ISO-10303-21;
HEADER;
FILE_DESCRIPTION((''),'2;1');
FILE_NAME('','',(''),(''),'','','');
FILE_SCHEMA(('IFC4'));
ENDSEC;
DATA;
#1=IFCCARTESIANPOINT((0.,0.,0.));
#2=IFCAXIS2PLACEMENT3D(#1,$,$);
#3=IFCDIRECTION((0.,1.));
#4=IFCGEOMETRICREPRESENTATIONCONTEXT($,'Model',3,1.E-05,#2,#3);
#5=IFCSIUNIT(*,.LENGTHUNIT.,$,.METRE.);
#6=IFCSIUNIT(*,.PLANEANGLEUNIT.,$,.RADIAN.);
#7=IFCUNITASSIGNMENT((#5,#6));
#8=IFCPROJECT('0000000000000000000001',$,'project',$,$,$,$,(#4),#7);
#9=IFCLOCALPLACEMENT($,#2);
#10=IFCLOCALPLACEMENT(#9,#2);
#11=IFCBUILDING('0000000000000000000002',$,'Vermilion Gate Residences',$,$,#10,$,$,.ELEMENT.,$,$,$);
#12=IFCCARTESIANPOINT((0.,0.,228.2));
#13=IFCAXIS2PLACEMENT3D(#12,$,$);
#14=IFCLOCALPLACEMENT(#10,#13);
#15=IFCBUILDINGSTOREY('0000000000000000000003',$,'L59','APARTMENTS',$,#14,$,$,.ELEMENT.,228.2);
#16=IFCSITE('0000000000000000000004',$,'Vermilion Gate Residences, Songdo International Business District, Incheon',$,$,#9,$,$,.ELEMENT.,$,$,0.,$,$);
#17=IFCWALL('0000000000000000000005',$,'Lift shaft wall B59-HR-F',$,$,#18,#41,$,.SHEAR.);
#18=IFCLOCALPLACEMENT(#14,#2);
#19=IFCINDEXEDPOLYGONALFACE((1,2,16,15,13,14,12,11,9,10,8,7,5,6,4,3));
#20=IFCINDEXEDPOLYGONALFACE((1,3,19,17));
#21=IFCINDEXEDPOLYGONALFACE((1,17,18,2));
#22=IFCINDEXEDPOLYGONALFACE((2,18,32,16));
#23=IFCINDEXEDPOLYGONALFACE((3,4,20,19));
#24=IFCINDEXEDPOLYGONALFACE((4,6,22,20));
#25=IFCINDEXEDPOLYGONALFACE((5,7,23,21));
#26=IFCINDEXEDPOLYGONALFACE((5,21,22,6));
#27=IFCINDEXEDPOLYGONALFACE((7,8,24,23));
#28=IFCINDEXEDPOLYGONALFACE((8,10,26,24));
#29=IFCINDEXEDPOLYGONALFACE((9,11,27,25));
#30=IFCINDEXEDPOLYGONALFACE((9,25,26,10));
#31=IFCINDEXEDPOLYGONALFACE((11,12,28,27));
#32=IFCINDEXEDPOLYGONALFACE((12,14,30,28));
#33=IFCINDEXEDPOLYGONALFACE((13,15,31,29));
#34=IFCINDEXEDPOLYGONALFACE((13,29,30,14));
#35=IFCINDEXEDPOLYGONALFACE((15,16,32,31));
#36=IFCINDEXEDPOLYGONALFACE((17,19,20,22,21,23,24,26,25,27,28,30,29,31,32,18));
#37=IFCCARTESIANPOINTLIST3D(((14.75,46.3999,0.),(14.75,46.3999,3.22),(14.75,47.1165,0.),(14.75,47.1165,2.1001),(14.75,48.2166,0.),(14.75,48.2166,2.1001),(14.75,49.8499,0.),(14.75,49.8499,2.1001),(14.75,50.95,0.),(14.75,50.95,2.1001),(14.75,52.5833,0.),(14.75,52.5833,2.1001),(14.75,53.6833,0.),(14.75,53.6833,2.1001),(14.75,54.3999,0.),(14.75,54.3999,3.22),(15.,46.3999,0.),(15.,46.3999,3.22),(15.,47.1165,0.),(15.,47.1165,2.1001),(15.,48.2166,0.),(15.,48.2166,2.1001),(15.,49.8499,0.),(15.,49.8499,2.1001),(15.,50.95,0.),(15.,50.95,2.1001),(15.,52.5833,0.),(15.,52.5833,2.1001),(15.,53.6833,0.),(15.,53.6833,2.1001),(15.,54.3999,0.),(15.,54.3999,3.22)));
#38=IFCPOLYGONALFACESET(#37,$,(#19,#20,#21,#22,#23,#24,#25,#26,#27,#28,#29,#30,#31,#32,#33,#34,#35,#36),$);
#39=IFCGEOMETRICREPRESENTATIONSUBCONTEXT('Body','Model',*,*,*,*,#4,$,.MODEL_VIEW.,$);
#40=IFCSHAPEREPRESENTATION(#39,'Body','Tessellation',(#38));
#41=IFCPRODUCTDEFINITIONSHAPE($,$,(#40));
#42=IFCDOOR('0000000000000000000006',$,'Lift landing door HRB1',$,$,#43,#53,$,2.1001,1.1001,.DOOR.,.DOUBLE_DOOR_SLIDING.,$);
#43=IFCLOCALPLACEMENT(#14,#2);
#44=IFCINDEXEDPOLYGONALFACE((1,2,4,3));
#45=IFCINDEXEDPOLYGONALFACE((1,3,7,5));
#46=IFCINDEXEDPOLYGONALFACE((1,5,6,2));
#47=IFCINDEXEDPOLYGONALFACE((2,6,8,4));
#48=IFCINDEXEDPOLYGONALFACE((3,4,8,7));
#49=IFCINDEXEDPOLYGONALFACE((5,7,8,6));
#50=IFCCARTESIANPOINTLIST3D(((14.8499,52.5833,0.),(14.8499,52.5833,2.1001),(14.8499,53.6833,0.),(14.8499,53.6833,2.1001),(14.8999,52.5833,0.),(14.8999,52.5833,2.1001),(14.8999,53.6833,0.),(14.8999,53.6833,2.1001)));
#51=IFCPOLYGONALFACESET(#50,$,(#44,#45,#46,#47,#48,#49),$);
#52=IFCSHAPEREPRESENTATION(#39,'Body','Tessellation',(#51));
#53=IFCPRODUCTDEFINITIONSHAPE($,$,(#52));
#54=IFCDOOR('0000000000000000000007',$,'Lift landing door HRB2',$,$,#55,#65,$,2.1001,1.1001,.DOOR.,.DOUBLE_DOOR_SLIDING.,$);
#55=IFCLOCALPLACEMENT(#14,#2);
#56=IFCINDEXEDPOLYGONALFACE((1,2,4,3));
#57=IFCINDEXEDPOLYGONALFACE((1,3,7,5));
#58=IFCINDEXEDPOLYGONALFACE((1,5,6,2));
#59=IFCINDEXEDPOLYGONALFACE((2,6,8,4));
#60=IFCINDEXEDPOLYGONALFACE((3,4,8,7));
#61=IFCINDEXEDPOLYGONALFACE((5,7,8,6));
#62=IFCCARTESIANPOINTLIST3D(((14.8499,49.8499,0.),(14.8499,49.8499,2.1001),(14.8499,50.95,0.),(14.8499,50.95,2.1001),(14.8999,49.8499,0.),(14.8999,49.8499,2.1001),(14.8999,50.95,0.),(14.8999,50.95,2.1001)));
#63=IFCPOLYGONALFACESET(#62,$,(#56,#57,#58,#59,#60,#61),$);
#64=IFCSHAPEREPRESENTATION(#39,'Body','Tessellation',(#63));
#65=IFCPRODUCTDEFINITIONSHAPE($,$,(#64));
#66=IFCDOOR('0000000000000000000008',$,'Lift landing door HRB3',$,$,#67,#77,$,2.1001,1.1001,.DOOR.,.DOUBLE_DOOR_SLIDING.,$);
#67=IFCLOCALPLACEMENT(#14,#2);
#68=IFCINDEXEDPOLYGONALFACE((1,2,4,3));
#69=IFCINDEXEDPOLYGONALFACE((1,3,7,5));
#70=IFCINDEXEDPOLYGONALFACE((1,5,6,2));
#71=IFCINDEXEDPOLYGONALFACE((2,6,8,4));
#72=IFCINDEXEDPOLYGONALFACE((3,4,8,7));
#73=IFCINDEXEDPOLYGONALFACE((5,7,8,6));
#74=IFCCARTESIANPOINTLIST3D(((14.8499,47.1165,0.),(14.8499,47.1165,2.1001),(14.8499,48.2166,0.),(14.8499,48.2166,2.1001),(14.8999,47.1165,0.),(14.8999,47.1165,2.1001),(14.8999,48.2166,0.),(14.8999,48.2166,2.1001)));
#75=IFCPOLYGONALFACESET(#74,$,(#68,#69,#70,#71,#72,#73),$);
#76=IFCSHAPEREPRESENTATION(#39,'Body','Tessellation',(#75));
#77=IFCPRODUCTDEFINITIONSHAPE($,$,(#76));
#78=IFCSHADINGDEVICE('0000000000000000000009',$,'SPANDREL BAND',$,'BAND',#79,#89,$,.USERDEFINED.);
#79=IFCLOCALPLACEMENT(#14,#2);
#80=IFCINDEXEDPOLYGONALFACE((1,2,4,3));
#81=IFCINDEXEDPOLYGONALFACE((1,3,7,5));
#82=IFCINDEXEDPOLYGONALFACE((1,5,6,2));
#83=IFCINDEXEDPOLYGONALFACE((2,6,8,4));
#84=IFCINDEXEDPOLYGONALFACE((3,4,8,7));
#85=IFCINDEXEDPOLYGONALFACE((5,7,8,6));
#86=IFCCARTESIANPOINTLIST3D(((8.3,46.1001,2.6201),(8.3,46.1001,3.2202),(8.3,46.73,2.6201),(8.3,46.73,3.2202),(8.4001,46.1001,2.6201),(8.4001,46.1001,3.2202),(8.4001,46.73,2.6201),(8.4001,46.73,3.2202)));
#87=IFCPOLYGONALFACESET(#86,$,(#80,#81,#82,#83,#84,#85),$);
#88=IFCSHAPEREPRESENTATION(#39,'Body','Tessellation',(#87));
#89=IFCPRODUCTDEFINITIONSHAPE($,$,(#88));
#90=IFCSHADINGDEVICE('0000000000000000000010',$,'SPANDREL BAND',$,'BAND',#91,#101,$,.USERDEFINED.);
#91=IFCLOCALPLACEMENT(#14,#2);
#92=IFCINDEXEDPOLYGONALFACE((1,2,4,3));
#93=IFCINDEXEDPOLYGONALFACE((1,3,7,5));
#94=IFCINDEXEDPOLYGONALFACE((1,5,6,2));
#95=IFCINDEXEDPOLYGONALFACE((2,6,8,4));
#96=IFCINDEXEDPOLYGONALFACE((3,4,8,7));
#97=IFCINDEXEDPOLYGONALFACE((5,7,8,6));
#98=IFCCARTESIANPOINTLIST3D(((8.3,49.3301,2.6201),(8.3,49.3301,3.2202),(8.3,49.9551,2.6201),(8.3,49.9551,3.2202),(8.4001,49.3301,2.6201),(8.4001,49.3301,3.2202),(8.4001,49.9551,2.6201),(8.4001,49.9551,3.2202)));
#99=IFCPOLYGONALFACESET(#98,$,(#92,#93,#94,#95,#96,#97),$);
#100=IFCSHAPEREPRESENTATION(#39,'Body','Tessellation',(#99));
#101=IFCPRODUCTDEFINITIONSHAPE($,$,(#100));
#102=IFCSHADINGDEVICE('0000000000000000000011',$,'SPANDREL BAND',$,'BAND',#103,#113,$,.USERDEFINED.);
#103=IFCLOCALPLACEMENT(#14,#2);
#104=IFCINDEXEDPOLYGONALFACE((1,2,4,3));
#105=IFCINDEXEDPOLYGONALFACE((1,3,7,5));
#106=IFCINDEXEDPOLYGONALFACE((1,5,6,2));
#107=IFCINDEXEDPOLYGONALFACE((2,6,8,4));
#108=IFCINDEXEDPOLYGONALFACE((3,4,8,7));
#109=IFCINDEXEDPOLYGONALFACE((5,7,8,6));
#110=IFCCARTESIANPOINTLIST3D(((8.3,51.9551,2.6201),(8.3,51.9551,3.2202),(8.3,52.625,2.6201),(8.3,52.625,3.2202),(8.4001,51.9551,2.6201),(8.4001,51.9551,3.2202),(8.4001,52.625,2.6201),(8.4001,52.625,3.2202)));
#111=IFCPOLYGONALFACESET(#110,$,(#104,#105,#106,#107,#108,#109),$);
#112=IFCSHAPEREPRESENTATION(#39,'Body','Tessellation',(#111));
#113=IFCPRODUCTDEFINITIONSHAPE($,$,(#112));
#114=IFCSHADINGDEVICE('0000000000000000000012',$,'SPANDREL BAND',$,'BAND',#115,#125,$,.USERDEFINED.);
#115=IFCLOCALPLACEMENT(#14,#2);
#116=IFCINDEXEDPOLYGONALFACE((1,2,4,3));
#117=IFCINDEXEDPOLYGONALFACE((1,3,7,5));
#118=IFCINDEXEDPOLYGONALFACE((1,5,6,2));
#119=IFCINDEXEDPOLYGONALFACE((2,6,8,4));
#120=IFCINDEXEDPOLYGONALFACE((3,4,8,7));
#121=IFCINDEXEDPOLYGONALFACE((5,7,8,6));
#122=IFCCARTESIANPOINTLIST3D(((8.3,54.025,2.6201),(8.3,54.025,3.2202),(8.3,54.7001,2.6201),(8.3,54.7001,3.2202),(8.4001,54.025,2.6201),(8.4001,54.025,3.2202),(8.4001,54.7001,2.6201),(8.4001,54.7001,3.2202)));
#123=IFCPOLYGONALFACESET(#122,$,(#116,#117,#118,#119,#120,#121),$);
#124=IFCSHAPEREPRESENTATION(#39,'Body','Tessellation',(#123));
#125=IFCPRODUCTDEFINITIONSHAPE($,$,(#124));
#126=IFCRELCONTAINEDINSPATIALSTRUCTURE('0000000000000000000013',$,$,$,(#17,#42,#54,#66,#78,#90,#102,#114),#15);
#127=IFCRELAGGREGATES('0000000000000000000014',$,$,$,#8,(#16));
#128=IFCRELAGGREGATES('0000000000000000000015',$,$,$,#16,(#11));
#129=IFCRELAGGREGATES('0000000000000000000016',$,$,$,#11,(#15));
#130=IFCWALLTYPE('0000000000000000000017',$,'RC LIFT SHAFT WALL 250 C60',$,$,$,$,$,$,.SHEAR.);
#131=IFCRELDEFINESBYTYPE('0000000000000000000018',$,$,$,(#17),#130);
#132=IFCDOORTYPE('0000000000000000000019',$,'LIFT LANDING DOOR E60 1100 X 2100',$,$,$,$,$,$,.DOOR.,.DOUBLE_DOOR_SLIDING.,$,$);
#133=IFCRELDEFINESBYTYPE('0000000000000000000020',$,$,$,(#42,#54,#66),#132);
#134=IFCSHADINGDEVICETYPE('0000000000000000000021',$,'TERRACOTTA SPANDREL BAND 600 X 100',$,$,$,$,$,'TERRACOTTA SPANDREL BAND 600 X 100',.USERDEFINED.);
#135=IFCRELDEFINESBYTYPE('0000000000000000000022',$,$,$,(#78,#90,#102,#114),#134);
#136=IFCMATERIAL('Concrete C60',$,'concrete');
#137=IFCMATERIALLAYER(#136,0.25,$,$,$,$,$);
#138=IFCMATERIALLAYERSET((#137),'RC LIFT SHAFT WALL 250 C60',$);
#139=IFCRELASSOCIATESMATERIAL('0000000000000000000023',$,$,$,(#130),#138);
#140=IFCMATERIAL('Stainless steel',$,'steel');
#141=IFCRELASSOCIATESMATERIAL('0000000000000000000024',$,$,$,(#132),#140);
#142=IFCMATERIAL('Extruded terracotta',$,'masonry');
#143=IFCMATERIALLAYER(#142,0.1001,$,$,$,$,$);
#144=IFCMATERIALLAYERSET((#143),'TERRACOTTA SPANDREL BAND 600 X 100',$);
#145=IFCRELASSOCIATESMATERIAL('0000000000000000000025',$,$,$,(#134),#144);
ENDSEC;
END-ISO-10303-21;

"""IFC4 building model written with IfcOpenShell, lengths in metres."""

from ifc_helpers import new_model, si_unit, direction, frame, frame_2d, origin, origin_2d, place, context, subcontext, project, spatial, rectangle, extrude, material, layer, layer_set, type_object, element, fill, save


model = new_model("IFC4")

# Units and contexts
model_context = context("Model", 3, precision=1e-05, world=origin(), true_north=direction((0.0, 1.0)))
body_context = subcontext(model_context, "Body", "Model", "MODEL_VIEW")
ifc_project = project(units=[si_unit("LENGTHUNIT", "METRE"), si_unit("PLANEANGLEUNIT", "RADIAN")], contexts=[model_context])

# Site, building, storey
site_placement = place(None, origin())
site = spatial("IfcSite", under=ifc_project, at=site_placement, Name="Vermilion Gate Residences, Songdo International Business District, Incheon", CompositionType="ELEMENT", RefElevation=0.0)
building_placement = place(site_placement, origin())
building = spatial("IfcBuilding", under=site, at=building_placement, Name="Vermilion Gate Residences", CompositionType="ELEMENT")
storey_placement = place(building_placement, frame((0.0, 0.0, 228.2)))
storey = spatial("IfcBuildingStorey", under=building, at=storey_placement, Name="L59", Description="APARTMENTS", CompositionType="ELEMENT", Elevation=228.2)

# Wall, openings, doors
ifc_material_1 = material(Name="Concrete C60", Category="concrete")
ifc_layer_1 = layer(ifc_material_1, 0.25)
ifc_layer_set_1 = layer_set([ifc_layer_1], Name="RC LIFT SHAFT WALL 250 C60")
wall_type_1 = type_object("IfcWallType", Name="RC LIFT SHAFT WALL 250 C60", PredefinedType="SHEAR", material=ifc_layer_set_1)
wall_1_placement = place(storey_placement, frame((14.875, 54.3999, 0.0), z_axis=(0.0, 0.0, 1.0), x_axis=(0.0, -1.0, 0.0)))
wall_1 = element("IfcWall", 1, at=wall_1_placement, inside=storey, type_object=wall_type_1, Name="Lift shaft wall B59-HR-F", PredefinedType="SHEAR", context=body_context, shape_type="SweptSolid", body=[
    extrude(rectangle(XDim=8.0, YDim=0.25, at=frame_2d((4.0, 0.0))), origin(), (0.0, 0.0, 1.0), 3.22),
])
opening_1_placement = place(wall_1_placement, frame((0.7166, 0.0, 0.0)))
opening_1 = element("IfcOpeningElement", 2, at=opening_1_placement, cuts=wall_1, PredefinedType="OPENING", context=body_context, shape_type="SweptSolid", body=[
    extrude(rectangle(XDim=1.1001, YDim=2.1001, at=frame_2d((0.55, 1.05))), frame((0.0, 0.135, 0.0), z_axis=(0.0, -1.0, 0.0), x_axis=(1.0, 0.0, 0.0)), (0.0, 0.0, 1.0), 0.27),
])
opening_2_placement = place(wall_1_placement, frame((3.45, 0.0, 0.0)))
opening_2 = element("IfcOpeningElement", 3, at=opening_2_placement, cuts=wall_1, PredefinedType="OPENING", context=body_context, shape_type="SweptSolid", body=[
    extrude(rectangle(XDim=1.1001, YDim=2.1001, at=frame_2d((0.55, 1.05))), frame((0.0, 0.135, 0.0), z_axis=(0.0, -1.0, 0.0), x_axis=(1.0, 0.0, 0.0)), (0.0, 0.0, 1.0), 0.27),
])
opening_3_placement = place(wall_1_placement, frame((6.1833, 0.0, 0.0)))
opening_3 = element("IfcOpeningElement", 4, at=opening_3_placement, cuts=wall_1, PredefinedType="OPENING", context=body_context, shape_type="SweptSolid", body=[
    extrude(rectangle(XDim=1.1001, YDim=2.1001, at=frame_2d((0.55, 1.05))), frame((0.0, 0.135, 0.0), z_axis=(0.0, -1.0, 0.0), x_axis=(1.0, 0.0, 0.0)), (0.0, 0.0, 1.0), 0.27),
])
ifc_material_2 = material(Name="Stainless steel", Category="steel")
door_type_1 = type_object("IfcDoorType", Name="LIFT LANDING DOOR E60 1100 X 2100", OperationType="DOUBLE_DOOR_SLIDING", PredefinedType="DOOR", material=ifc_material_2)
door_1_placement = place(opening_1_placement, origin())
door_1 = element("IfcDoor", 5, at=door_1_placement, inside=storey, type_object=door_type_1, Name="Lift landing door HRB1", OperationType="DOUBLE_DOOR_SLIDING", OverallHeight=2.1001, OverallWidth=1.1001, PredefinedType="DOOR", context=body_context, shape_type="SweptSolid", body=[
    extrude(rectangle(XDim=1.1001, YDim=2.1001, at=frame_2d((0.55, 1.05))), frame((0.0, 0.0249, 0.0), z_axis=(0.0, -1.0, 0.0), x_axis=(1.0, 0.0, 0.0)), (0.0, 0.0, 1.0), 0.05),
])
fill(opening_1, door_1)
door_2_placement = place(opening_2_placement, origin())
door_2 = element("IfcDoor", 6, at=door_2_placement, inside=storey, type_object=door_type_1, Name="Lift landing door HRB2", OperationType="DOUBLE_DOOR_SLIDING", OverallHeight=2.1001, OverallWidth=1.1001, PredefinedType="DOOR", context=body_context, shape_type="SweptSolid", body=[
    extrude(rectangle(XDim=1.1001, YDim=2.1001, at=frame_2d((0.55, 1.05))), frame((0.0, 0.0249, 0.0), z_axis=(0.0, -1.0, 0.0), x_axis=(1.0, 0.0, 0.0)), (0.0, 0.0, 1.0), 0.05),
])
fill(opening_2, door_2)
door_3_placement = place(opening_3_placement, origin())
door_3 = element("IfcDoor", 7, at=door_3_placement, inside=storey, type_object=door_type_1, Name="Lift landing door HRB3", OperationType="DOUBLE_DOOR_SLIDING", OverallHeight=2.1001, OverallWidth=1.1001, PredefinedType="DOOR", context=body_context, shape_type="SweptSolid", body=[
    extrude(rectangle(XDim=1.1001, YDim=2.1001, at=frame_2d((0.55, 1.05))), frame((0.0, 0.0249, 0.0), z_axis=(0.0, -1.0, 0.0), x_axis=(1.0, 0.0, 0.0)), (0.0, 0.0, 1.0), 0.05),
])
fill(opening_3, door_3)

# Shading devices
ifc_material_3 = material(Name="Extruded terracotta", Category="masonry")
ifc_layer_2 = layer(ifc_material_3, 0.1001)
ifc_layer_set_2 = layer_set([ifc_layer_2], Name="TERRACOTTA SPANDREL BAND 600 X 100")
shading_device_type = type_object("IfcShadingDeviceType", Name="TERRACOTTA SPANDREL BAND 600 X 100", ElementType="TERRACOTTA SPANDREL BAND 600 X 100", PredefinedType="USERDEFINED", material=ifc_layer_set_2)
shading_device_1_placement = place(storey_placement, frame((8.3501, 46.415, 2.6201), z_axis=(0.0, 0.0, 1.0), x_axis=(0.0, 1.0, 0.0)))
element("IfcShadingDevice", 8, at=shading_device_1_placement, inside=storey, type_object=shading_device_type, Name="SPANDREL BAND", ObjectType="BAND", PredefinedType="USERDEFINED", context=body_context, shape_type="SweptSolid", body=[
    extrude(rectangle(XDim=0.6299, YDim=0.1001, at=origin_2d()), origin(), (0.0, 0.0, 1.0), 0.6001),
])
shading_device_2_placement = place(storey_placement, frame((8.3501, 49.6426, 2.6201), z_axis=(0.0, 0.0, 1.0), x_axis=(0.0, 1.0, 0.0)))
element("IfcShadingDevice", 9, at=shading_device_2_placement, inside=storey, type_object=shading_device_type, Name="SPANDREL BAND", ObjectType="BAND", PredefinedType="USERDEFINED", context=body_context, shape_type="SweptSolid", body=[
    extrude(rectangle(XDim=0.625, YDim=0.1001, at=origin_2d()), origin(), (0.0, 0.0, 1.0), 0.6001),
])
shading_device_3_placement = place(storey_placement, frame((8.3501, 52.29, 2.6201), z_axis=(0.0, 0.0, 1.0), x_axis=(0.0, 1.0, 0.0)))
element("IfcShadingDevice", 10, at=shading_device_3_placement, inside=storey, type_object=shading_device_type, Name="SPANDREL BAND", ObjectType="BAND", PredefinedType="USERDEFINED", context=body_context, shape_type="SweptSolid", body=[
    extrude(rectangle(XDim=0.6699, YDim=0.1001, at=origin_2d()), origin(), (0.0, 0.0, 1.0), 0.6001),
])
shading_device_4_placement = place(storey_placement, frame((8.3501, 54.3625, 2.6201), z_axis=(0.0, 0.0, 1.0), x_axis=(0.0, 1.0, 0.0)))
element("IfcShadingDevice", 11, at=shading_device_4_placement, inside=storey, type_object=shading_device_type, Name="SPANDREL BAND", ObjectType="BAND", PredefinedType="USERDEFINED", context=body_context, shape_type="SweptSolid", body=[
    extrude(rectangle(XDim=0.675, YDim=0.1001, at=origin_2d()), origin(), (0.0, 0.0, 1.0), 0.6001),
])

save(model, "model.ifc")
